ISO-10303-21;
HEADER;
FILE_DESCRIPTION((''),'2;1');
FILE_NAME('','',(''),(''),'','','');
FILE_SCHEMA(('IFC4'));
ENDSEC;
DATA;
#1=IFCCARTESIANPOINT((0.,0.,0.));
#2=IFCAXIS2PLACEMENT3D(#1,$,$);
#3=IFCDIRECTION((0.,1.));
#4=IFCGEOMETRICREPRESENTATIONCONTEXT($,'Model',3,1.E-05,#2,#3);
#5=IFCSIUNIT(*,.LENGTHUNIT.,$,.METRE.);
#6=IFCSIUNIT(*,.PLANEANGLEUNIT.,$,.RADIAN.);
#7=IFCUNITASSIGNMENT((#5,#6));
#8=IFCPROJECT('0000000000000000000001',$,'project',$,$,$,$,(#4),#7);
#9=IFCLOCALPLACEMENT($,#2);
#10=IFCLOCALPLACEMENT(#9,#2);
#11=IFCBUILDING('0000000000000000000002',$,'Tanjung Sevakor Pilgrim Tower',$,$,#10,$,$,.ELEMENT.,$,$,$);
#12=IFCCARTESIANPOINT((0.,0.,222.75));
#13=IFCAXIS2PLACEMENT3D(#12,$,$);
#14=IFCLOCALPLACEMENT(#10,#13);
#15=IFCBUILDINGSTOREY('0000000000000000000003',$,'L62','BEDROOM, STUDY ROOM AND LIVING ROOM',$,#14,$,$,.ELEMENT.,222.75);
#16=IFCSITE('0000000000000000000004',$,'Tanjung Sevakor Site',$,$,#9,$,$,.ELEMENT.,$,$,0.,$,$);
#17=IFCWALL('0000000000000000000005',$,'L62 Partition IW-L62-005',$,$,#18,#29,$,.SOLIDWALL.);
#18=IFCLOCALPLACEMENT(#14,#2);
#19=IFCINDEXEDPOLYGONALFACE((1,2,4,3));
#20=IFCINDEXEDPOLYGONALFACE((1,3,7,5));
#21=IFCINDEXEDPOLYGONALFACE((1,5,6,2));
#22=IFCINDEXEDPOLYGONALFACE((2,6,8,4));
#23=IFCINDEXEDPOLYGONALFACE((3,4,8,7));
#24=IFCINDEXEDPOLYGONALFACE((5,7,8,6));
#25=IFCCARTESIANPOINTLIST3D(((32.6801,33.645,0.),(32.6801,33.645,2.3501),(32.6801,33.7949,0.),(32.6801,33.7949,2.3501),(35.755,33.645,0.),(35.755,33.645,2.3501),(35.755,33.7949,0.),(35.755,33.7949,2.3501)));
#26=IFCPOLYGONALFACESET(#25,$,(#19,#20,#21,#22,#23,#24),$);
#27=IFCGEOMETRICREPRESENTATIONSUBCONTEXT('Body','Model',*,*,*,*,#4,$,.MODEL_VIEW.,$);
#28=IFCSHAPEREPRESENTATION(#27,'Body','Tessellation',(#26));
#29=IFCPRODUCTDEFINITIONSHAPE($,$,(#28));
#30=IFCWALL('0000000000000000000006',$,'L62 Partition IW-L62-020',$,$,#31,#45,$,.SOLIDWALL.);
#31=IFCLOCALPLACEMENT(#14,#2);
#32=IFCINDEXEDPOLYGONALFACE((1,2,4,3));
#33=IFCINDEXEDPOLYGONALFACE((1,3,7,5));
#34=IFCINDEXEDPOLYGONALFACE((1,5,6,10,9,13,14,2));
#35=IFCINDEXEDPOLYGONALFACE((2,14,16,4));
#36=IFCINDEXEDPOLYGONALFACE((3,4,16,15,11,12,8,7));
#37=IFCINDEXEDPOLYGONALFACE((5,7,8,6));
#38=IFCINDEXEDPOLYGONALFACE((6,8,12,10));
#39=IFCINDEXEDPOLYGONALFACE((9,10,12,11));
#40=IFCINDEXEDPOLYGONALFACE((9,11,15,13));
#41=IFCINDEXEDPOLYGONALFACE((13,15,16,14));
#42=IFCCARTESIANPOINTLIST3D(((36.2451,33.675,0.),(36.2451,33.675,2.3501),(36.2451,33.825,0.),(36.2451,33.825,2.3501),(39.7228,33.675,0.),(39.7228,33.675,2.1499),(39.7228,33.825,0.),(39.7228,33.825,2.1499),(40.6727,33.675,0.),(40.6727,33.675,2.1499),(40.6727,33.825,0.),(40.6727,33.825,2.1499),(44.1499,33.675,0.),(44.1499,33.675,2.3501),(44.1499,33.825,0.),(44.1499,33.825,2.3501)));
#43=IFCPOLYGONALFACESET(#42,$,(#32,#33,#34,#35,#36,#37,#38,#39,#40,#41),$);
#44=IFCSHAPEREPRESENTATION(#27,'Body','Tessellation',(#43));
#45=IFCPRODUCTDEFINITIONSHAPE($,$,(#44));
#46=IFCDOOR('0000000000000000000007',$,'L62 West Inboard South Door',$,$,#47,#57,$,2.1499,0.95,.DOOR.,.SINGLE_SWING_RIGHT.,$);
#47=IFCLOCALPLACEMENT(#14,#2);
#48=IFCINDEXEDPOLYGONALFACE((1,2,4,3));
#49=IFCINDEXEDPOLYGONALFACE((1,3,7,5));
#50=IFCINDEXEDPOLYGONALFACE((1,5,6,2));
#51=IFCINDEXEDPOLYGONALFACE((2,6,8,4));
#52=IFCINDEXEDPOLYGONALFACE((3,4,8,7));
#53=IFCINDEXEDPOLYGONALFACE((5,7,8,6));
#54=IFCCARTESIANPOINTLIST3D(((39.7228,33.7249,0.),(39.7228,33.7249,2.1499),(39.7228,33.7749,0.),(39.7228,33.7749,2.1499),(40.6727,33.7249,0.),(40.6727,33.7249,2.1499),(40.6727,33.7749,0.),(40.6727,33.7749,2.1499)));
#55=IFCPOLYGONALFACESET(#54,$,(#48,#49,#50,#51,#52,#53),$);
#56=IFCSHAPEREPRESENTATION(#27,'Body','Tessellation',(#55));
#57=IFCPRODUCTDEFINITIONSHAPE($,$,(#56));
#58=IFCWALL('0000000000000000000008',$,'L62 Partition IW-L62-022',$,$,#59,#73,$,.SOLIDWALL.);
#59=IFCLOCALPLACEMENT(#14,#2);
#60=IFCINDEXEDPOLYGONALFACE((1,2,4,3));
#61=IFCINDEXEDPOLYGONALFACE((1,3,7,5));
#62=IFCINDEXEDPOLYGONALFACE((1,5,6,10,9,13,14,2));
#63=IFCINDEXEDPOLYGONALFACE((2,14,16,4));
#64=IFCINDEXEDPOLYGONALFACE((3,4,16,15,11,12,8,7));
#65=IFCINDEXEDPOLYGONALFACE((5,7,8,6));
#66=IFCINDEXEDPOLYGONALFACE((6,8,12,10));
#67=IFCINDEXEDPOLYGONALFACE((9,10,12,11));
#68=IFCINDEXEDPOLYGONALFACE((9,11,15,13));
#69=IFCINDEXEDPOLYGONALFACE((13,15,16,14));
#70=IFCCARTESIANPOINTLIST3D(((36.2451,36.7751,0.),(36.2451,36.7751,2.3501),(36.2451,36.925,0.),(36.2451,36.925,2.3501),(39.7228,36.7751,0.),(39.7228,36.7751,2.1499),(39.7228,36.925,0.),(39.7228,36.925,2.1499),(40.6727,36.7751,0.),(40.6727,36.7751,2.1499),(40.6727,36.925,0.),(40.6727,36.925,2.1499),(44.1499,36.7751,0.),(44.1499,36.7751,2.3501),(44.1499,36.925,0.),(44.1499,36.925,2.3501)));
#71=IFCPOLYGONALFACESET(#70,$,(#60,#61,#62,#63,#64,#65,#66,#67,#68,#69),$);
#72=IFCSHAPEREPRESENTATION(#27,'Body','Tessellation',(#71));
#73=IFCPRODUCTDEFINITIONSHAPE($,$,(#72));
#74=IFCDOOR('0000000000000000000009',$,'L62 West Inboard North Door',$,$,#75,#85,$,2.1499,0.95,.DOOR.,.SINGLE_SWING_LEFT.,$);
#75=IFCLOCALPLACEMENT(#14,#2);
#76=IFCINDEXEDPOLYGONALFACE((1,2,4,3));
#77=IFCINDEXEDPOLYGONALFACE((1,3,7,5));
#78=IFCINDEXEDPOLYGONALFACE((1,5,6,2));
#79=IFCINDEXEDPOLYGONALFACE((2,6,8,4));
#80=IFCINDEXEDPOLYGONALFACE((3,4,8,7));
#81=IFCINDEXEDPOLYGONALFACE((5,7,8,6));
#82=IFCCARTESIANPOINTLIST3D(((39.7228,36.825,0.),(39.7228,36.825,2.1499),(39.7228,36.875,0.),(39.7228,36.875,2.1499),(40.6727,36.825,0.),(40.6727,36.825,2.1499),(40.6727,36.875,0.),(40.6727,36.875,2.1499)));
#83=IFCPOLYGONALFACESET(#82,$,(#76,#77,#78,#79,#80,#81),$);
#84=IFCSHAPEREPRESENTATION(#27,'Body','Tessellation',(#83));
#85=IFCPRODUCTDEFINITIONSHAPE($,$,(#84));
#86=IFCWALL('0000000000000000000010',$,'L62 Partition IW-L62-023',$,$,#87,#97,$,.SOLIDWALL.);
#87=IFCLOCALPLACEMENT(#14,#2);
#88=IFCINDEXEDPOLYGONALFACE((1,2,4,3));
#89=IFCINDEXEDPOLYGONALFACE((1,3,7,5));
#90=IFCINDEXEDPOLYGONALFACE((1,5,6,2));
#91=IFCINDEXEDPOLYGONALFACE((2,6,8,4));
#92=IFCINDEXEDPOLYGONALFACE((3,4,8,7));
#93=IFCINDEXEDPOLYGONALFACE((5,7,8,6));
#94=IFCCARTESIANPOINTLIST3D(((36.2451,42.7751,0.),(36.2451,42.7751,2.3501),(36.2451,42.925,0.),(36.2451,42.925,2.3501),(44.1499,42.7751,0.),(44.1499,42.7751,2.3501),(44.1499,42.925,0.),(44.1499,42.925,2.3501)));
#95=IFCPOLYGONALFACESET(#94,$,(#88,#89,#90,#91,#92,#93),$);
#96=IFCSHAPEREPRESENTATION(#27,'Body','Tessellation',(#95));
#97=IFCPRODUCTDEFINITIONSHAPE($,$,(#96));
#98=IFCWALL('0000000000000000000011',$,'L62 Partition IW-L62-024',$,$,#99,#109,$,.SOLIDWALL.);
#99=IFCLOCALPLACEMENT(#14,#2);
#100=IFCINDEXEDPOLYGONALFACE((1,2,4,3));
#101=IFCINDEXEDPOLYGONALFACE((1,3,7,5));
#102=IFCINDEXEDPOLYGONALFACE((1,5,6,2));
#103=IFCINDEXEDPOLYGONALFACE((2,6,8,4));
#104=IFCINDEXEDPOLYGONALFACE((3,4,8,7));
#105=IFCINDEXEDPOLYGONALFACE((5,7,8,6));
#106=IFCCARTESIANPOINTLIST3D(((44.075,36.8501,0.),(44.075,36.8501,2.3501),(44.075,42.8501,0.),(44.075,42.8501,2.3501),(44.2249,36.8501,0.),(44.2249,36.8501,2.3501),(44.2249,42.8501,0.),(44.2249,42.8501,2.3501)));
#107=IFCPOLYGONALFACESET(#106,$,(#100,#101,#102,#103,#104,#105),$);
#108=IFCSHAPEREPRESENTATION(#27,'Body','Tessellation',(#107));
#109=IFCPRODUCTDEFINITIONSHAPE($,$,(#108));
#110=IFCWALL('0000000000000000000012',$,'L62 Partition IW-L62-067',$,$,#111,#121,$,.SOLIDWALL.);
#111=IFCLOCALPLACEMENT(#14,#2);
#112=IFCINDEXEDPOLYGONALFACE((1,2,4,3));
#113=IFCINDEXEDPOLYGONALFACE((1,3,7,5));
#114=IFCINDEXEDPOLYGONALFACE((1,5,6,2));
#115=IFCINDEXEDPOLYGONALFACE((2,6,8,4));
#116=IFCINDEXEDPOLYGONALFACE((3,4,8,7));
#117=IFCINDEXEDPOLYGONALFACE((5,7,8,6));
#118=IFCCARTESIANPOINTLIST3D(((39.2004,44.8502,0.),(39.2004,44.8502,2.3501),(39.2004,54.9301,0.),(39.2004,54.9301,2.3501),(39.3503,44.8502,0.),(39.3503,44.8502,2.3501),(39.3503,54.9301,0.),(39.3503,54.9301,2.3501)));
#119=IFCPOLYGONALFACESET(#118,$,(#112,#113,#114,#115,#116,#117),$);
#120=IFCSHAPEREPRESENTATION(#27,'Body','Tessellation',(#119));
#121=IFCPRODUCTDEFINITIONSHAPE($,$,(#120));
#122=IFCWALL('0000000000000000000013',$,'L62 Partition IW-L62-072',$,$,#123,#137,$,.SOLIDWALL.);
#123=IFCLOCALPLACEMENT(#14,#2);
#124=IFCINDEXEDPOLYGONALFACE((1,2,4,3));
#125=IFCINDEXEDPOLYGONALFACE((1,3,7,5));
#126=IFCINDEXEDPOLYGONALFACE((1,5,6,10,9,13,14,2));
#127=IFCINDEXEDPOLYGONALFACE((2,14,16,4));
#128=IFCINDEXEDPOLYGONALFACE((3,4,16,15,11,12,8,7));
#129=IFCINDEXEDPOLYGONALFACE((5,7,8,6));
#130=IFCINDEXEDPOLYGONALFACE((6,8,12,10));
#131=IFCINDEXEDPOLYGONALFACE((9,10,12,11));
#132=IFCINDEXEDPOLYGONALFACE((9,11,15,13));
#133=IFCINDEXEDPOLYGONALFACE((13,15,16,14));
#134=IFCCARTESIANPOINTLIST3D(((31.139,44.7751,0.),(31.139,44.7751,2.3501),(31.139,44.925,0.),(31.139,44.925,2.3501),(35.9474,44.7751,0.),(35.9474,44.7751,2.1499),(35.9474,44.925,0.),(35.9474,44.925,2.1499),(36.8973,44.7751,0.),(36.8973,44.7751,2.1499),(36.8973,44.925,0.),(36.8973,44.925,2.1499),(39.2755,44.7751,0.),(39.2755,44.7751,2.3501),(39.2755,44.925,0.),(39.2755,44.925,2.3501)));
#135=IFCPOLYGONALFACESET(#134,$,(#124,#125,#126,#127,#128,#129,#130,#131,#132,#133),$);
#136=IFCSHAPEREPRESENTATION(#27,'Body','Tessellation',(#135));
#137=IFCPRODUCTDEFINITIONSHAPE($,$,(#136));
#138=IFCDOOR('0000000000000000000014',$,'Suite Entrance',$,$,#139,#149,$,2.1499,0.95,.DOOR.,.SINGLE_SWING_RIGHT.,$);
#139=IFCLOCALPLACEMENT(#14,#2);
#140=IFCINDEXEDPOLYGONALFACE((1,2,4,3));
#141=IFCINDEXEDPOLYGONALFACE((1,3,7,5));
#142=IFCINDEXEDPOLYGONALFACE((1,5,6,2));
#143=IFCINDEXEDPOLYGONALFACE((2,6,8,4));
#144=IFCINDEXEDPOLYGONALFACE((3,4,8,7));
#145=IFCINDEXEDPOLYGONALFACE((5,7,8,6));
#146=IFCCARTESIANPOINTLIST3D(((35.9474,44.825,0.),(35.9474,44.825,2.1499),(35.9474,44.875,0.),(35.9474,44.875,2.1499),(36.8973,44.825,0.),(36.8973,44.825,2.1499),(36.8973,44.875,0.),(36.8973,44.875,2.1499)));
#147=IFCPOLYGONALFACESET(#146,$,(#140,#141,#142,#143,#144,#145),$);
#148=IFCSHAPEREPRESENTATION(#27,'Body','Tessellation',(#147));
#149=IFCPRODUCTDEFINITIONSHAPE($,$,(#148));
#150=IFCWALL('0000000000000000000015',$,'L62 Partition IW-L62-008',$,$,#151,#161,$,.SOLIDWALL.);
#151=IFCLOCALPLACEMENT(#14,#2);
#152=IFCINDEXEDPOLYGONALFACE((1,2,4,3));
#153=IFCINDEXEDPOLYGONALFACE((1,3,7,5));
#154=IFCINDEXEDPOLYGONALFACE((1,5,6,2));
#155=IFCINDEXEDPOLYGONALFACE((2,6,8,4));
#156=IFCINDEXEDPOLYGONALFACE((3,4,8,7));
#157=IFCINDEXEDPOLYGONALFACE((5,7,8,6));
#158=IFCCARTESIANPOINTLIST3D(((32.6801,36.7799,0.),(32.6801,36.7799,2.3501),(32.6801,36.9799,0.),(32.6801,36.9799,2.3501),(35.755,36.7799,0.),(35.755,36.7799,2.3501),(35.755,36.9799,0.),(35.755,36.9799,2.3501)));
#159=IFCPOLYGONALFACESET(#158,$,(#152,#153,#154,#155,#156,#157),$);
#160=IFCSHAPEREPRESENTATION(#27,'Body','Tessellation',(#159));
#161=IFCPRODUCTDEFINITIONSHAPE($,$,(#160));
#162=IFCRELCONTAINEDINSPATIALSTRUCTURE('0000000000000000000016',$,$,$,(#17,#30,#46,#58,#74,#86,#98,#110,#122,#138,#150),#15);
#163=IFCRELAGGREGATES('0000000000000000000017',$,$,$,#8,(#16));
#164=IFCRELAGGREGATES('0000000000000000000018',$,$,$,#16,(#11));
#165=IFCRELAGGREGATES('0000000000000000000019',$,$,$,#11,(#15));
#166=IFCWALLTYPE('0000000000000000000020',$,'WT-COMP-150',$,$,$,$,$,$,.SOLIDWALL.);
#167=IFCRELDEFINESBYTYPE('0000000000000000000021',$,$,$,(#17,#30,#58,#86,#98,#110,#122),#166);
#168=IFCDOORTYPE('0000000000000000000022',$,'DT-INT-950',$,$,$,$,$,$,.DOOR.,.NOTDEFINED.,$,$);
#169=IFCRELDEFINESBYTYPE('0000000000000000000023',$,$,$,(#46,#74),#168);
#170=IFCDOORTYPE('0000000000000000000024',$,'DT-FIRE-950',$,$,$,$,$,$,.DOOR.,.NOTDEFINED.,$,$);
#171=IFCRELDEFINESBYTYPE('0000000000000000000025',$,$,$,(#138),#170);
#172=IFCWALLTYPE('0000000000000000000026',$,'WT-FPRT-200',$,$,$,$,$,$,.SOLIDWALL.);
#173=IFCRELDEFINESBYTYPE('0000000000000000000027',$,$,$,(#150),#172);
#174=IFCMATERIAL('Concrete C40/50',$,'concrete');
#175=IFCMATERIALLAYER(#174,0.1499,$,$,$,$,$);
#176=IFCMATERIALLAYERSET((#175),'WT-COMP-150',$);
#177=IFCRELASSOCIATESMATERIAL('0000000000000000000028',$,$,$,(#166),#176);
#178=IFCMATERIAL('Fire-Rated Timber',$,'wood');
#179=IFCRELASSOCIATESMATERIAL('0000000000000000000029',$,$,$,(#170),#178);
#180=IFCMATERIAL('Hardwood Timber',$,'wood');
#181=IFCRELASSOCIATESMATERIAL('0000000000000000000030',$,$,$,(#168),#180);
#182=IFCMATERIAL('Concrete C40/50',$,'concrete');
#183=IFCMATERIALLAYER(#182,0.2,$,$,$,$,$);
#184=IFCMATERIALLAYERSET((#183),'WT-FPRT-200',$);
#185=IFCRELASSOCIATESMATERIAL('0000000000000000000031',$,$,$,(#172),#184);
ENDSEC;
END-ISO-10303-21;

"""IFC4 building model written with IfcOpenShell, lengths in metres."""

from ifc_helpers import new_model, si_unit, direction, frame, frame_2d, origin, place, context, subcontext, project, spatial, rectangle, extrude, material, layer, layer_set, type_object, element, fill, save


model = new_model("IFC4")

# Units and contexts
model_context = context("Model", 3, precision=1e-05, world=origin(), true_north=direction((0.0, 1.0)))
body_context = subcontext(model_context, "Body", "Model", "MODEL_VIEW")
ifc_project = project(units=[si_unit("LENGTHUNIT", "METRE"), si_unit("PLANEANGLEUNIT", "RADIAN")], contexts=[model_context])

# Site, building, storey
site_placement = place(None, origin())
site = spatial("IfcSite", under=ifc_project, at=site_placement, Name="Tanjung Sevakor Site", CompositionType="ELEMENT", RefElevation=0.0)
building_placement = place(site_placement, origin())
building = spatial("IfcBuilding", under=site, at=building_placement, Name="Tanjung Sevakor Pilgrim Tower", CompositionType="ELEMENT")
storey_placement = place(building_placement, frame((0.0, 0.0, 222.75)))
storey = spatial("IfcBuildingStorey", under=building, at=storey_placement, Name="L62", Description="BEDROOM, STUDY ROOM AND LIVING ROOM", CompositionType="ELEMENT", Elevation=222.75)

# Wall
ifc_material_1 = material(Name="Concrete C40/50", Category="concrete")
ifc_layer_1 = layer(ifc_material_1, 0.1499)
ifc_layer_set_1 = layer_set([ifc_layer_1], Name="WT-COMP-150")
wall_type_1 = type_object("IfcWallType", Name="WT-COMP-150", PredefinedType="SOLIDWALL", material=ifc_layer_set_1)
wall_1_placement = place(storey_placement, frame((32.6799, 33.72, 0.0), z_axis=(0.0, 0.0, 1.0), x_axis=(1.0, 0.0, 0.0)))
element("IfcWall", 1, at=wall_1_placement, inside=storey, type_object=wall_type_1, Name="L62 Partition IW-L62-005", PredefinedType="SOLIDWALL", context=body_context, shape_type="SweptSolid", body=[
    extrude(rectangle(XDim=3.075, YDim=0.1499, at=frame_2d((1.5376, 0.0))), origin(), (0.0, 0.0, 1.0), 2.3501),
])

# Walls, openings, doors
ifc_material_2 = material(Name="Fire-Rated Timber", Category="wood")
door_type_1 = type_object("IfcDoorType", Name="DT-FIRE-950", OperationType="NOTDEFINED", PredefinedType="DOOR", material=ifc_material_2)
wall_2_placement = place(storey_placement, frame((36.2451, 33.75, 0.0), z_axis=(0.0, 0.0, 1.0), x_axis=(1.0, 0.0, 0.0)))
wall_2 = element("IfcWall", 2, at=wall_2_placement, inside=storey, type_object=wall_type_1, Name="L62 Partition IW-L62-020", PredefinedType="SOLIDWALL", context=body_context, shape_type="SweptSolid", body=[
    extrude(rectangle(XDim=7.9048, YDim=0.1499, at=frame_2d((3.9524, 0.0))), origin(), (0.0, 0.0, 1.0), 2.3501),
])
opening_1_placement = place(wall_2_placement, frame((3.4775, 0.0, 0.0)))
opening_1 = element("IfcOpeningElement", 3, at=opening_1_placement, cuts=wall_2, PredefinedType="OPENING", context=body_context, shape_type="SweptSolid", body=[
    extrude(rectangle(XDim=0.95, YDim=2.1499, at=frame_2d((0.4751, 1.075))), frame((0.0, 0.085, 0.0), z_axis=(0.0, -1.0, 0.0), x_axis=(1.0, 0.0, 0.0)), (0.0, 0.0, 1.0), 0.1699),
])
ifc_material_3 = material(Name="Hardwood Timber", Category="wood")
door_type_2 = type_object("IfcDoorType", Name="DT-INT-950", OperationType="NOTDEFINED", PredefinedType="DOOR", material=ifc_material_3)
door_1_placement = place(opening_1_placement, origin())
door_1 = element("IfcDoor", 4, at=door_1_placement, inside=storey, type_object=door_type_2, Name="L62 West Inboard South Door", OperationType="SINGLE_SWING_RIGHT", OverallHeight=2.1499, OverallWidth=0.95, PredefinedType="DOOR", context=body_context, shape_type="SweptSolid", body=[
    extrude(rectangle(XDim=0.95, YDim=2.1499, at=frame_2d((0.4751, 1.075))), frame((0.0, 0.0249, 0.0), z_axis=(0.0, -1.0, 0.0), x_axis=(1.0, 0.0, 0.0)), (0.0, 0.0, 1.0), 0.05),
])
fill(opening_1, door_1)
wall_3_placement = place(storey_placement, frame((36.2451, 36.8501, 0.0), z_axis=(0.0, 0.0, 1.0), x_axis=(1.0, 0.0, 0.0)))
wall_3 = element("IfcWall", 5, at=wall_3_placement, inside=storey, type_object=wall_type_1, Name="L62 Partition IW-L62-022", PredefinedType="SOLIDWALL", context=body_context, shape_type="SweptSolid", body=[
    extrude(rectangle(XDim=7.9048, YDim=0.1499, at=frame_2d((3.9524, 0.0))), origin(), (0.0, 0.0, 1.0), 2.3501),
])
opening_2_placement = place(wall_3_placement, frame((3.4775, 0.0, 0.0)))
opening_2 = element("IfcOpeningElement", 6, at=opening_2_placement, cuts=wall_3, PredefinedType="OPENING", context=body_context, shape_type="SweptSolid", body=[
    extrude(rectangle(XDim=0.95, YDim=2.1499, at=frame_2d((0.4751, 1.075))), frame((0.0, 0.085, 0.0), z_axis=(0.0, -1.0, 0.0), x_axis=(1.0, 0.0, 0.0)), (0.0, 0.0, 1.0), 0.1699),
])
door_2_placement = place(opening_2_placement, origin())
door_2 = element("IfcDoor", 7, at=door_2_placement, inside=storey, type_object=door_type_2, Name="L62 West Inboard North Door", OperationType="SINGLE_SWING_LEFT", OverallHeight=2.1499, OverallWidth=0.95, PredefinedType="DOOR", context=body_context, shape_type="SweptSolid", body=[
    extrude(rectangle(XDim=0.95, YDim=2.1499, at=frame_2d((0.4751, 1.075))), frame((0.0, 0.0249, 0.0), z_axis=(0.0, -1.0, 0.0), x_axis=(1.0, 0.0, 0.0)), (0.0, 0.0, 1.0), 0.05),
])
fill(opening_2, door_2)

# Walls
wall_4_placement = place(storey_placement, frame((36.2451, 42.8501, 0.0), z_axis=(0.0, 0.0, 1.0), x_axis=(1.0, 0.0, 0.0)))
element("IfcWall", 8, at=wall_4_placement, inside=storey, type_object=wall_type_1, Name="L62 Partition IW-L62-023", PredefinedType="SOLIDWALL", context=body_context, shape_type="SweptSolid", body=[
    extrude(rectangle(XDim=7.9048, YDim=0.1499, at=frame_2d((3.9524, 0.0))), origin(), (0.0, 0.0, 1.0), 2.3501),
])
wall_5_placement = place(storey_placement, frame((44.1499, 36.8501, 0.0), z_axis=(0.0, 0.0, 1.0), x_axis=(0.0, 1.0, 0.0)))
element("IfcWall", 9, at=wall_5_placement, inside=storey, type_object=wall_type_1, Name="L62 Partition IW-L62-024", PredefinedType="SOLIDWALL", context=body_context, shape_type="SweptSolid", body=[
    extrude(rectangle(XDim=6.0, YDim=0.1499, at=frame_2d((3.0, 0.0))), origin(), (0.0, 0.0, 1.0), 2.3501),
])
wall_6_placement = place(storey_placement, frame((39.2754, 44.8501, 0.0), z_axis=(0.0, 0.0, 1.0), x_axis=(0.0, 1.0, 0.0)))
element("IfcWall", 10, at=wall_6_placement, inside=storey, type_object=wall_type_1, Name="L62 Partition IW-L62-067", PredefinedType="SOLIDWALL", context=body_context, shape_type="SweptSolid", body=[
    extrude(rectangle(XDim=10.0798, YDim=0.1499, at=frame_2d((5.04, 0.0))), origin(), (0.0, 0.0, 1.0), 2.3501),
])

# Wall, opening, door
wall_7_placement = place(storey_placement, frame((31.1389, 44.8501, 0.0), z_axis=(0.0, 0.0, 1.0), x_axis=(1.0, 0.0, 0.0)))
wall_7 = element("IfcWall", 11, at=wall_7_placement, inside=storey, type_object=wall_type_1, Name="L62 Partition IW-L62-072", PredefinedType="SOLIDWALL", context=body_context, shape_type="SweptSolid", body=[
    extrude(rectangle(XDim=8.1365, YDim=0.1499, at=frame_2d((4.0684, 0.0))), origin(), (0.0, 0.0, 1.0), 2.3501),
])
opening_3_placement = place(wall_7_placement, frame((4.8083, 0.0, 0.0)))
opening_3 = element("IfcOpeningElement", 12, at=opening_3_placement, cuts=wall_7, PredefinedType="OPENING", context=body_context, shape_type="SweptSolid", body=[
    extrude(rectangle(XDim=0.95, YDim=2.1499, at=frame_2d((0.4751, 1.075))), frame((0.0, 0.085, 0.0), z_axis=(0.0, -1.0, 0.0), x_axis=(1.0, 0.0, 0.0)), (0.0, 0.0, 1.0), 0.1699),
])
door_3_placement = place(opening_3_placement, origin())
door_3 = element("IfcDoor", 13, at=door_3_placement, inside=storey, type_object=door_type_1, Name="Suite Entrance", OperationType="SINGLE_SWING_RIGHT", OverallHeight=2.1499, OverallWidth=0.95, PredefinedType="DOOR", context=body_context, shape_type="SweptSolid", body=[
    extrude(rectangle(XDim=0.95, YDim=2.1499, at=frame_2d((0.4751, 1.075))), frame((0.0, 0.0249, 0.0), z_axis=(0.0, -1.0, 0.0), x_axis=(1.0, 0.0, 0.0)), (0.0, 0.0, 1.0), 0.05),
])
fill(opening_3, door_3)

# Wall
ifc_material_4 = material(Name="Concrete C40/50", Category="concrete")
ifc_layer_2 = layer(ifc_material_4, 0.2)
ifc_layer_set_2 = layer_set([ifc_layer_2], Name="WT-FPRT-200")
wall_type_2 = type_object("IfcWallType", Name="WT-FPRT-200", PredefinedType="SOLIDWALL", material=ifc_layer_set_2)
wall_8_placement = place(storey_placement, frame((32.6799, 36.8799, 0.0), z_axis=(0.0, 0.0, 1.0), x_axis=(1.0, 0.0, 0.0)))
element("IfcWall", 14, at=wall_8_placement, inside=storey, type_object=wall_type_2, Name="L62 Partition IW-L62-008", PredefinedType="SOLIDWALL", context=body_context, shape_type="SweptSolid", body=[
    extrude(rectangle(XDim=3.075, YDim=0.2, at=frame_2d((1.5376, 0.0))), origin(), (0.0, 0.0, 1.0), 2.3501),
])

save(model, "model.ifc")
